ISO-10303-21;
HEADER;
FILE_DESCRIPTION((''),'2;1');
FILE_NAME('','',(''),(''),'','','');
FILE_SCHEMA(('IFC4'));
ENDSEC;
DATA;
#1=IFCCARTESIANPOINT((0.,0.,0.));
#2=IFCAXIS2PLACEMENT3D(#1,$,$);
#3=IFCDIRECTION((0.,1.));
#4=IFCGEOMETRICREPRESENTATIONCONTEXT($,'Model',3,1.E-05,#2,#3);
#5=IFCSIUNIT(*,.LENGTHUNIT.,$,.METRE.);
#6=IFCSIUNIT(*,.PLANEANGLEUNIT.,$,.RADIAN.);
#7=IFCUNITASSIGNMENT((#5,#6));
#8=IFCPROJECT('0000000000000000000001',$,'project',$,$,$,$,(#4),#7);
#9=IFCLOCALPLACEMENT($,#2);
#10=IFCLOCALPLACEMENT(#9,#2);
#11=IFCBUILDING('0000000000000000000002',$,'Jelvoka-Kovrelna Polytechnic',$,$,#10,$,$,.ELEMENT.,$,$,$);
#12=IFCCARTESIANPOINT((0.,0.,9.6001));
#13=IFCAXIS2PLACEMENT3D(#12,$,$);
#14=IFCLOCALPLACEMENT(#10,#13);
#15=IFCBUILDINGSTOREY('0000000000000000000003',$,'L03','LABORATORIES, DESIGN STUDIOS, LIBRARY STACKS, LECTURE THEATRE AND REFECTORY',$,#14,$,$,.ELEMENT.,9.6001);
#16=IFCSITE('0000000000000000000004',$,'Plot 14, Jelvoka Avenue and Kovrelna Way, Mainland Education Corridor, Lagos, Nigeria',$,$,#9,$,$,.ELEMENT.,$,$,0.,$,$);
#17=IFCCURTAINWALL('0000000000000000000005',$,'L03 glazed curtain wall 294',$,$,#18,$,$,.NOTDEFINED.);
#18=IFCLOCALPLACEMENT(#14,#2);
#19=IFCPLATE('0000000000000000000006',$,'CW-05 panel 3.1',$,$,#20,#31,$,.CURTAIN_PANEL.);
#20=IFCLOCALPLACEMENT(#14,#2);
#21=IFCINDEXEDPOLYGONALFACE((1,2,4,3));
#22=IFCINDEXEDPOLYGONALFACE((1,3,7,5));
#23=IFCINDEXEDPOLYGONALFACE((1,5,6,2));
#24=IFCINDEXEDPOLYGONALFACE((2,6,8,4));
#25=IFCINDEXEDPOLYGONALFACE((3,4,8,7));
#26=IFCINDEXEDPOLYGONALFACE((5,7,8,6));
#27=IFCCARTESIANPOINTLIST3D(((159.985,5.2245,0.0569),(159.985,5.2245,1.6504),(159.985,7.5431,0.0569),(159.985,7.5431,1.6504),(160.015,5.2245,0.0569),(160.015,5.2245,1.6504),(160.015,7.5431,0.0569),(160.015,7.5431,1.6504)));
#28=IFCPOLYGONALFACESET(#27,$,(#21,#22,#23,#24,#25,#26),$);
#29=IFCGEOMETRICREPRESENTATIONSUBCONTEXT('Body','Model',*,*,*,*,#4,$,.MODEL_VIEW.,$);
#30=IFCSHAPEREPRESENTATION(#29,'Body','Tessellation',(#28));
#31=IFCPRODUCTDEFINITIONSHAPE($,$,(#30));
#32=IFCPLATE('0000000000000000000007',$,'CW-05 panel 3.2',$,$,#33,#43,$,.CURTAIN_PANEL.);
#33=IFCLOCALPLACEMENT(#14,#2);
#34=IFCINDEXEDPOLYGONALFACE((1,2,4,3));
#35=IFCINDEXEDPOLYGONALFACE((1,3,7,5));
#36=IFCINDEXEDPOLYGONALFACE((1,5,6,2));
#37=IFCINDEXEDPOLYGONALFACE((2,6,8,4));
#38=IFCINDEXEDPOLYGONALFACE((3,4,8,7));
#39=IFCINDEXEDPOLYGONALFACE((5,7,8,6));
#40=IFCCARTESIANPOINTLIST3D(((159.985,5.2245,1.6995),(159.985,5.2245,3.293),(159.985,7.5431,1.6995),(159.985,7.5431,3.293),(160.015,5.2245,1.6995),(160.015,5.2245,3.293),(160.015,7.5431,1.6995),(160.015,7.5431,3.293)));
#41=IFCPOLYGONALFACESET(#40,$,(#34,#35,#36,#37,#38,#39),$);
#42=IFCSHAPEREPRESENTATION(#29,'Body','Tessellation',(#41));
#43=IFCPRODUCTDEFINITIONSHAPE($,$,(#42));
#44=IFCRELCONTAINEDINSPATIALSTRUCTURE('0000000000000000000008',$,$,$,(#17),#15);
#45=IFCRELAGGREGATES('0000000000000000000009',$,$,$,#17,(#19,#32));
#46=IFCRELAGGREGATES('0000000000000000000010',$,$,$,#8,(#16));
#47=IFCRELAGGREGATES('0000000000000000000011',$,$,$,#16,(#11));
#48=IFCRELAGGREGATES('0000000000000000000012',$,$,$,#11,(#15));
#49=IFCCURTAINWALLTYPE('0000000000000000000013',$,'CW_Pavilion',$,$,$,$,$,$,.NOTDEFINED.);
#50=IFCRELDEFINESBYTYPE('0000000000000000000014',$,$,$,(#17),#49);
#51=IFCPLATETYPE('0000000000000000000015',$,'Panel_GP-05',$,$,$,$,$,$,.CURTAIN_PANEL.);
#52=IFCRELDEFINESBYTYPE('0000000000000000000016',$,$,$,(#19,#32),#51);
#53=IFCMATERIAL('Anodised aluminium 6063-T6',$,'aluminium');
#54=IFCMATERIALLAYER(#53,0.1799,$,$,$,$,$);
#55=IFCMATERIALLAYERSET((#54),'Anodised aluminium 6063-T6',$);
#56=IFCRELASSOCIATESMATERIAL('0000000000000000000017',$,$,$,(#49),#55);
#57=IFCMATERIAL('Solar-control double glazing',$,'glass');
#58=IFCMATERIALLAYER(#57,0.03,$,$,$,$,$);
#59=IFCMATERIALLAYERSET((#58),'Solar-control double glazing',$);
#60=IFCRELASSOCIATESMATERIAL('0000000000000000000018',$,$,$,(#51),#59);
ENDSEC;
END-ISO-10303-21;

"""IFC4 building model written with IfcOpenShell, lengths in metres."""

from ifc_helpers import new_model, si_unit, direction, frame, origin, origin_2d, place, context, subcontext, project, spatial, rectangle, extrude, material, layer, layer_set, type_object, element, aggregate, save


model = new_model("IFC4")

# Units and contexts
model_context = context("Model", 3, precision=1e-05, world=origin(), true_north=direction((0.0, 1.0)))
body_context = subcontext(model_context, "Body", "Model", "MODEL_VIEW")
ifc_project = project(units=[si_unit("LENGTHUNIT", "METRE"), si_unit("PLANEANGLEUNIT", "RADIAN")], contexts=[model_context])

# Site, building, storey
site_placement = place(None, origin())
site = spatial("IfcSite", under=ifc_project, at=site_placement, Name="Plot 14, Jelvoka Avenue and Kovrelna Way, Mainland Education Corridor, Lagos, Nigeria", CompositionType="ELEMENT", RefElevation=0.0)
building_placement = place(site_placement, origin())
building = spatial("IfcBuilding", under=site, at=building_placement, Name="Jelvoka-Kovrelna Polytechnic", CompositionType="ELEMENT")
storey_placement = place(building_placement, frame((0.0, 0.0, 9.6001)))
storey = spatial("IfcBuildingStorey", under=building, at=storey_placement, Name="L03", Description="LABORATORIES, DESIGN STUDIOS, LIBRARY STACKS, LECTURE THEATRE AND REFECTORY", CompositionType="ELEMENT", Elevation=9.6001)

# Curtain wall
ifc_material_1 = material(Name="Anodised aluminium 6063-T6", Category="aluminium")
ifc_layer_1 = layer(ifc_material_1, 0.1799)
ifc_layer_set_1 = layer_set([ifc_layer_1], Name="Anodised aluminium 6063-T6")
curtain_wall_type = type_object("IfcCurtainWallType", Name="CW_Pavilion", PredefinedType="NOTDEFINED", material=ifc_layer_set_1)
curtain_wall_1_placement = place(storey_placement, origin())
curtain_wall_1 = element("IfcCurtainWall", 1, at=curtain_wall_1_placement, inside=storey, type_object=curtain_wall_type, Name="L03 glazed curtain wall 294", PredefinedType="NOTDEFINED")

# Plates
ifc_material_2 = material(Name="Solar-control double glazing", Category="glass")
ifc_layer_2 = layer(ifc_material_2, 0.03)
ifc_layer_set_2 = layer_set([ifc_layer_2], Name="Solar-control double glazing")
plate_type = type_object("IfcPlateType", Name="Panel_GP-05", PredefinedType="CURTAIN_PANEL", material=ifc_layer_set_2)
plate_1_placement = place(storey_placement, frame((160.0, 6.3838, 0.0569), z_axis=(0.0, 0.0, 1.0), x_axis=(0.0, 1.0, 0.0)))
plate_1 = element("IfcPlate", 2, at=plate_1_placement, type_object=plate_type, Name="CW-05 panel 3.1", PredefinedType="CURTAIN_PANEL", context=body_context, shape_type="SweptSolid", body=[
    extrude(rectangle(XDim=2.3186, YDim=0.03, at=origin_2d()), origin(), (0.0, 0.0, 1.0), 1.5935),
])
plate_2_placement = place(storey_placement, frame((160.0, 6.3838, 1.6995), z_axis=(0.0, 0.0, 1.0), x_axis=(0.0, 1.0, 0.0)))
plate_2 = element("IfcPlate", 3, at=plate_2_placement, type_object=plate_type, Name="CW-05 panel 3.2", PredefinedType="CURTAIN_PANEL", context=body_context, shape_type="SweptSolid", body=[
    extrude(rectangle(XDim=2.3186, YDim=0.03, at=origin_2d()), origin(), (0.0, 0.0, 1.0), 1.5935),
])
aggregate(curtain_wall_1, [plate_1, plate_2])

save(model, "model.ifc")
